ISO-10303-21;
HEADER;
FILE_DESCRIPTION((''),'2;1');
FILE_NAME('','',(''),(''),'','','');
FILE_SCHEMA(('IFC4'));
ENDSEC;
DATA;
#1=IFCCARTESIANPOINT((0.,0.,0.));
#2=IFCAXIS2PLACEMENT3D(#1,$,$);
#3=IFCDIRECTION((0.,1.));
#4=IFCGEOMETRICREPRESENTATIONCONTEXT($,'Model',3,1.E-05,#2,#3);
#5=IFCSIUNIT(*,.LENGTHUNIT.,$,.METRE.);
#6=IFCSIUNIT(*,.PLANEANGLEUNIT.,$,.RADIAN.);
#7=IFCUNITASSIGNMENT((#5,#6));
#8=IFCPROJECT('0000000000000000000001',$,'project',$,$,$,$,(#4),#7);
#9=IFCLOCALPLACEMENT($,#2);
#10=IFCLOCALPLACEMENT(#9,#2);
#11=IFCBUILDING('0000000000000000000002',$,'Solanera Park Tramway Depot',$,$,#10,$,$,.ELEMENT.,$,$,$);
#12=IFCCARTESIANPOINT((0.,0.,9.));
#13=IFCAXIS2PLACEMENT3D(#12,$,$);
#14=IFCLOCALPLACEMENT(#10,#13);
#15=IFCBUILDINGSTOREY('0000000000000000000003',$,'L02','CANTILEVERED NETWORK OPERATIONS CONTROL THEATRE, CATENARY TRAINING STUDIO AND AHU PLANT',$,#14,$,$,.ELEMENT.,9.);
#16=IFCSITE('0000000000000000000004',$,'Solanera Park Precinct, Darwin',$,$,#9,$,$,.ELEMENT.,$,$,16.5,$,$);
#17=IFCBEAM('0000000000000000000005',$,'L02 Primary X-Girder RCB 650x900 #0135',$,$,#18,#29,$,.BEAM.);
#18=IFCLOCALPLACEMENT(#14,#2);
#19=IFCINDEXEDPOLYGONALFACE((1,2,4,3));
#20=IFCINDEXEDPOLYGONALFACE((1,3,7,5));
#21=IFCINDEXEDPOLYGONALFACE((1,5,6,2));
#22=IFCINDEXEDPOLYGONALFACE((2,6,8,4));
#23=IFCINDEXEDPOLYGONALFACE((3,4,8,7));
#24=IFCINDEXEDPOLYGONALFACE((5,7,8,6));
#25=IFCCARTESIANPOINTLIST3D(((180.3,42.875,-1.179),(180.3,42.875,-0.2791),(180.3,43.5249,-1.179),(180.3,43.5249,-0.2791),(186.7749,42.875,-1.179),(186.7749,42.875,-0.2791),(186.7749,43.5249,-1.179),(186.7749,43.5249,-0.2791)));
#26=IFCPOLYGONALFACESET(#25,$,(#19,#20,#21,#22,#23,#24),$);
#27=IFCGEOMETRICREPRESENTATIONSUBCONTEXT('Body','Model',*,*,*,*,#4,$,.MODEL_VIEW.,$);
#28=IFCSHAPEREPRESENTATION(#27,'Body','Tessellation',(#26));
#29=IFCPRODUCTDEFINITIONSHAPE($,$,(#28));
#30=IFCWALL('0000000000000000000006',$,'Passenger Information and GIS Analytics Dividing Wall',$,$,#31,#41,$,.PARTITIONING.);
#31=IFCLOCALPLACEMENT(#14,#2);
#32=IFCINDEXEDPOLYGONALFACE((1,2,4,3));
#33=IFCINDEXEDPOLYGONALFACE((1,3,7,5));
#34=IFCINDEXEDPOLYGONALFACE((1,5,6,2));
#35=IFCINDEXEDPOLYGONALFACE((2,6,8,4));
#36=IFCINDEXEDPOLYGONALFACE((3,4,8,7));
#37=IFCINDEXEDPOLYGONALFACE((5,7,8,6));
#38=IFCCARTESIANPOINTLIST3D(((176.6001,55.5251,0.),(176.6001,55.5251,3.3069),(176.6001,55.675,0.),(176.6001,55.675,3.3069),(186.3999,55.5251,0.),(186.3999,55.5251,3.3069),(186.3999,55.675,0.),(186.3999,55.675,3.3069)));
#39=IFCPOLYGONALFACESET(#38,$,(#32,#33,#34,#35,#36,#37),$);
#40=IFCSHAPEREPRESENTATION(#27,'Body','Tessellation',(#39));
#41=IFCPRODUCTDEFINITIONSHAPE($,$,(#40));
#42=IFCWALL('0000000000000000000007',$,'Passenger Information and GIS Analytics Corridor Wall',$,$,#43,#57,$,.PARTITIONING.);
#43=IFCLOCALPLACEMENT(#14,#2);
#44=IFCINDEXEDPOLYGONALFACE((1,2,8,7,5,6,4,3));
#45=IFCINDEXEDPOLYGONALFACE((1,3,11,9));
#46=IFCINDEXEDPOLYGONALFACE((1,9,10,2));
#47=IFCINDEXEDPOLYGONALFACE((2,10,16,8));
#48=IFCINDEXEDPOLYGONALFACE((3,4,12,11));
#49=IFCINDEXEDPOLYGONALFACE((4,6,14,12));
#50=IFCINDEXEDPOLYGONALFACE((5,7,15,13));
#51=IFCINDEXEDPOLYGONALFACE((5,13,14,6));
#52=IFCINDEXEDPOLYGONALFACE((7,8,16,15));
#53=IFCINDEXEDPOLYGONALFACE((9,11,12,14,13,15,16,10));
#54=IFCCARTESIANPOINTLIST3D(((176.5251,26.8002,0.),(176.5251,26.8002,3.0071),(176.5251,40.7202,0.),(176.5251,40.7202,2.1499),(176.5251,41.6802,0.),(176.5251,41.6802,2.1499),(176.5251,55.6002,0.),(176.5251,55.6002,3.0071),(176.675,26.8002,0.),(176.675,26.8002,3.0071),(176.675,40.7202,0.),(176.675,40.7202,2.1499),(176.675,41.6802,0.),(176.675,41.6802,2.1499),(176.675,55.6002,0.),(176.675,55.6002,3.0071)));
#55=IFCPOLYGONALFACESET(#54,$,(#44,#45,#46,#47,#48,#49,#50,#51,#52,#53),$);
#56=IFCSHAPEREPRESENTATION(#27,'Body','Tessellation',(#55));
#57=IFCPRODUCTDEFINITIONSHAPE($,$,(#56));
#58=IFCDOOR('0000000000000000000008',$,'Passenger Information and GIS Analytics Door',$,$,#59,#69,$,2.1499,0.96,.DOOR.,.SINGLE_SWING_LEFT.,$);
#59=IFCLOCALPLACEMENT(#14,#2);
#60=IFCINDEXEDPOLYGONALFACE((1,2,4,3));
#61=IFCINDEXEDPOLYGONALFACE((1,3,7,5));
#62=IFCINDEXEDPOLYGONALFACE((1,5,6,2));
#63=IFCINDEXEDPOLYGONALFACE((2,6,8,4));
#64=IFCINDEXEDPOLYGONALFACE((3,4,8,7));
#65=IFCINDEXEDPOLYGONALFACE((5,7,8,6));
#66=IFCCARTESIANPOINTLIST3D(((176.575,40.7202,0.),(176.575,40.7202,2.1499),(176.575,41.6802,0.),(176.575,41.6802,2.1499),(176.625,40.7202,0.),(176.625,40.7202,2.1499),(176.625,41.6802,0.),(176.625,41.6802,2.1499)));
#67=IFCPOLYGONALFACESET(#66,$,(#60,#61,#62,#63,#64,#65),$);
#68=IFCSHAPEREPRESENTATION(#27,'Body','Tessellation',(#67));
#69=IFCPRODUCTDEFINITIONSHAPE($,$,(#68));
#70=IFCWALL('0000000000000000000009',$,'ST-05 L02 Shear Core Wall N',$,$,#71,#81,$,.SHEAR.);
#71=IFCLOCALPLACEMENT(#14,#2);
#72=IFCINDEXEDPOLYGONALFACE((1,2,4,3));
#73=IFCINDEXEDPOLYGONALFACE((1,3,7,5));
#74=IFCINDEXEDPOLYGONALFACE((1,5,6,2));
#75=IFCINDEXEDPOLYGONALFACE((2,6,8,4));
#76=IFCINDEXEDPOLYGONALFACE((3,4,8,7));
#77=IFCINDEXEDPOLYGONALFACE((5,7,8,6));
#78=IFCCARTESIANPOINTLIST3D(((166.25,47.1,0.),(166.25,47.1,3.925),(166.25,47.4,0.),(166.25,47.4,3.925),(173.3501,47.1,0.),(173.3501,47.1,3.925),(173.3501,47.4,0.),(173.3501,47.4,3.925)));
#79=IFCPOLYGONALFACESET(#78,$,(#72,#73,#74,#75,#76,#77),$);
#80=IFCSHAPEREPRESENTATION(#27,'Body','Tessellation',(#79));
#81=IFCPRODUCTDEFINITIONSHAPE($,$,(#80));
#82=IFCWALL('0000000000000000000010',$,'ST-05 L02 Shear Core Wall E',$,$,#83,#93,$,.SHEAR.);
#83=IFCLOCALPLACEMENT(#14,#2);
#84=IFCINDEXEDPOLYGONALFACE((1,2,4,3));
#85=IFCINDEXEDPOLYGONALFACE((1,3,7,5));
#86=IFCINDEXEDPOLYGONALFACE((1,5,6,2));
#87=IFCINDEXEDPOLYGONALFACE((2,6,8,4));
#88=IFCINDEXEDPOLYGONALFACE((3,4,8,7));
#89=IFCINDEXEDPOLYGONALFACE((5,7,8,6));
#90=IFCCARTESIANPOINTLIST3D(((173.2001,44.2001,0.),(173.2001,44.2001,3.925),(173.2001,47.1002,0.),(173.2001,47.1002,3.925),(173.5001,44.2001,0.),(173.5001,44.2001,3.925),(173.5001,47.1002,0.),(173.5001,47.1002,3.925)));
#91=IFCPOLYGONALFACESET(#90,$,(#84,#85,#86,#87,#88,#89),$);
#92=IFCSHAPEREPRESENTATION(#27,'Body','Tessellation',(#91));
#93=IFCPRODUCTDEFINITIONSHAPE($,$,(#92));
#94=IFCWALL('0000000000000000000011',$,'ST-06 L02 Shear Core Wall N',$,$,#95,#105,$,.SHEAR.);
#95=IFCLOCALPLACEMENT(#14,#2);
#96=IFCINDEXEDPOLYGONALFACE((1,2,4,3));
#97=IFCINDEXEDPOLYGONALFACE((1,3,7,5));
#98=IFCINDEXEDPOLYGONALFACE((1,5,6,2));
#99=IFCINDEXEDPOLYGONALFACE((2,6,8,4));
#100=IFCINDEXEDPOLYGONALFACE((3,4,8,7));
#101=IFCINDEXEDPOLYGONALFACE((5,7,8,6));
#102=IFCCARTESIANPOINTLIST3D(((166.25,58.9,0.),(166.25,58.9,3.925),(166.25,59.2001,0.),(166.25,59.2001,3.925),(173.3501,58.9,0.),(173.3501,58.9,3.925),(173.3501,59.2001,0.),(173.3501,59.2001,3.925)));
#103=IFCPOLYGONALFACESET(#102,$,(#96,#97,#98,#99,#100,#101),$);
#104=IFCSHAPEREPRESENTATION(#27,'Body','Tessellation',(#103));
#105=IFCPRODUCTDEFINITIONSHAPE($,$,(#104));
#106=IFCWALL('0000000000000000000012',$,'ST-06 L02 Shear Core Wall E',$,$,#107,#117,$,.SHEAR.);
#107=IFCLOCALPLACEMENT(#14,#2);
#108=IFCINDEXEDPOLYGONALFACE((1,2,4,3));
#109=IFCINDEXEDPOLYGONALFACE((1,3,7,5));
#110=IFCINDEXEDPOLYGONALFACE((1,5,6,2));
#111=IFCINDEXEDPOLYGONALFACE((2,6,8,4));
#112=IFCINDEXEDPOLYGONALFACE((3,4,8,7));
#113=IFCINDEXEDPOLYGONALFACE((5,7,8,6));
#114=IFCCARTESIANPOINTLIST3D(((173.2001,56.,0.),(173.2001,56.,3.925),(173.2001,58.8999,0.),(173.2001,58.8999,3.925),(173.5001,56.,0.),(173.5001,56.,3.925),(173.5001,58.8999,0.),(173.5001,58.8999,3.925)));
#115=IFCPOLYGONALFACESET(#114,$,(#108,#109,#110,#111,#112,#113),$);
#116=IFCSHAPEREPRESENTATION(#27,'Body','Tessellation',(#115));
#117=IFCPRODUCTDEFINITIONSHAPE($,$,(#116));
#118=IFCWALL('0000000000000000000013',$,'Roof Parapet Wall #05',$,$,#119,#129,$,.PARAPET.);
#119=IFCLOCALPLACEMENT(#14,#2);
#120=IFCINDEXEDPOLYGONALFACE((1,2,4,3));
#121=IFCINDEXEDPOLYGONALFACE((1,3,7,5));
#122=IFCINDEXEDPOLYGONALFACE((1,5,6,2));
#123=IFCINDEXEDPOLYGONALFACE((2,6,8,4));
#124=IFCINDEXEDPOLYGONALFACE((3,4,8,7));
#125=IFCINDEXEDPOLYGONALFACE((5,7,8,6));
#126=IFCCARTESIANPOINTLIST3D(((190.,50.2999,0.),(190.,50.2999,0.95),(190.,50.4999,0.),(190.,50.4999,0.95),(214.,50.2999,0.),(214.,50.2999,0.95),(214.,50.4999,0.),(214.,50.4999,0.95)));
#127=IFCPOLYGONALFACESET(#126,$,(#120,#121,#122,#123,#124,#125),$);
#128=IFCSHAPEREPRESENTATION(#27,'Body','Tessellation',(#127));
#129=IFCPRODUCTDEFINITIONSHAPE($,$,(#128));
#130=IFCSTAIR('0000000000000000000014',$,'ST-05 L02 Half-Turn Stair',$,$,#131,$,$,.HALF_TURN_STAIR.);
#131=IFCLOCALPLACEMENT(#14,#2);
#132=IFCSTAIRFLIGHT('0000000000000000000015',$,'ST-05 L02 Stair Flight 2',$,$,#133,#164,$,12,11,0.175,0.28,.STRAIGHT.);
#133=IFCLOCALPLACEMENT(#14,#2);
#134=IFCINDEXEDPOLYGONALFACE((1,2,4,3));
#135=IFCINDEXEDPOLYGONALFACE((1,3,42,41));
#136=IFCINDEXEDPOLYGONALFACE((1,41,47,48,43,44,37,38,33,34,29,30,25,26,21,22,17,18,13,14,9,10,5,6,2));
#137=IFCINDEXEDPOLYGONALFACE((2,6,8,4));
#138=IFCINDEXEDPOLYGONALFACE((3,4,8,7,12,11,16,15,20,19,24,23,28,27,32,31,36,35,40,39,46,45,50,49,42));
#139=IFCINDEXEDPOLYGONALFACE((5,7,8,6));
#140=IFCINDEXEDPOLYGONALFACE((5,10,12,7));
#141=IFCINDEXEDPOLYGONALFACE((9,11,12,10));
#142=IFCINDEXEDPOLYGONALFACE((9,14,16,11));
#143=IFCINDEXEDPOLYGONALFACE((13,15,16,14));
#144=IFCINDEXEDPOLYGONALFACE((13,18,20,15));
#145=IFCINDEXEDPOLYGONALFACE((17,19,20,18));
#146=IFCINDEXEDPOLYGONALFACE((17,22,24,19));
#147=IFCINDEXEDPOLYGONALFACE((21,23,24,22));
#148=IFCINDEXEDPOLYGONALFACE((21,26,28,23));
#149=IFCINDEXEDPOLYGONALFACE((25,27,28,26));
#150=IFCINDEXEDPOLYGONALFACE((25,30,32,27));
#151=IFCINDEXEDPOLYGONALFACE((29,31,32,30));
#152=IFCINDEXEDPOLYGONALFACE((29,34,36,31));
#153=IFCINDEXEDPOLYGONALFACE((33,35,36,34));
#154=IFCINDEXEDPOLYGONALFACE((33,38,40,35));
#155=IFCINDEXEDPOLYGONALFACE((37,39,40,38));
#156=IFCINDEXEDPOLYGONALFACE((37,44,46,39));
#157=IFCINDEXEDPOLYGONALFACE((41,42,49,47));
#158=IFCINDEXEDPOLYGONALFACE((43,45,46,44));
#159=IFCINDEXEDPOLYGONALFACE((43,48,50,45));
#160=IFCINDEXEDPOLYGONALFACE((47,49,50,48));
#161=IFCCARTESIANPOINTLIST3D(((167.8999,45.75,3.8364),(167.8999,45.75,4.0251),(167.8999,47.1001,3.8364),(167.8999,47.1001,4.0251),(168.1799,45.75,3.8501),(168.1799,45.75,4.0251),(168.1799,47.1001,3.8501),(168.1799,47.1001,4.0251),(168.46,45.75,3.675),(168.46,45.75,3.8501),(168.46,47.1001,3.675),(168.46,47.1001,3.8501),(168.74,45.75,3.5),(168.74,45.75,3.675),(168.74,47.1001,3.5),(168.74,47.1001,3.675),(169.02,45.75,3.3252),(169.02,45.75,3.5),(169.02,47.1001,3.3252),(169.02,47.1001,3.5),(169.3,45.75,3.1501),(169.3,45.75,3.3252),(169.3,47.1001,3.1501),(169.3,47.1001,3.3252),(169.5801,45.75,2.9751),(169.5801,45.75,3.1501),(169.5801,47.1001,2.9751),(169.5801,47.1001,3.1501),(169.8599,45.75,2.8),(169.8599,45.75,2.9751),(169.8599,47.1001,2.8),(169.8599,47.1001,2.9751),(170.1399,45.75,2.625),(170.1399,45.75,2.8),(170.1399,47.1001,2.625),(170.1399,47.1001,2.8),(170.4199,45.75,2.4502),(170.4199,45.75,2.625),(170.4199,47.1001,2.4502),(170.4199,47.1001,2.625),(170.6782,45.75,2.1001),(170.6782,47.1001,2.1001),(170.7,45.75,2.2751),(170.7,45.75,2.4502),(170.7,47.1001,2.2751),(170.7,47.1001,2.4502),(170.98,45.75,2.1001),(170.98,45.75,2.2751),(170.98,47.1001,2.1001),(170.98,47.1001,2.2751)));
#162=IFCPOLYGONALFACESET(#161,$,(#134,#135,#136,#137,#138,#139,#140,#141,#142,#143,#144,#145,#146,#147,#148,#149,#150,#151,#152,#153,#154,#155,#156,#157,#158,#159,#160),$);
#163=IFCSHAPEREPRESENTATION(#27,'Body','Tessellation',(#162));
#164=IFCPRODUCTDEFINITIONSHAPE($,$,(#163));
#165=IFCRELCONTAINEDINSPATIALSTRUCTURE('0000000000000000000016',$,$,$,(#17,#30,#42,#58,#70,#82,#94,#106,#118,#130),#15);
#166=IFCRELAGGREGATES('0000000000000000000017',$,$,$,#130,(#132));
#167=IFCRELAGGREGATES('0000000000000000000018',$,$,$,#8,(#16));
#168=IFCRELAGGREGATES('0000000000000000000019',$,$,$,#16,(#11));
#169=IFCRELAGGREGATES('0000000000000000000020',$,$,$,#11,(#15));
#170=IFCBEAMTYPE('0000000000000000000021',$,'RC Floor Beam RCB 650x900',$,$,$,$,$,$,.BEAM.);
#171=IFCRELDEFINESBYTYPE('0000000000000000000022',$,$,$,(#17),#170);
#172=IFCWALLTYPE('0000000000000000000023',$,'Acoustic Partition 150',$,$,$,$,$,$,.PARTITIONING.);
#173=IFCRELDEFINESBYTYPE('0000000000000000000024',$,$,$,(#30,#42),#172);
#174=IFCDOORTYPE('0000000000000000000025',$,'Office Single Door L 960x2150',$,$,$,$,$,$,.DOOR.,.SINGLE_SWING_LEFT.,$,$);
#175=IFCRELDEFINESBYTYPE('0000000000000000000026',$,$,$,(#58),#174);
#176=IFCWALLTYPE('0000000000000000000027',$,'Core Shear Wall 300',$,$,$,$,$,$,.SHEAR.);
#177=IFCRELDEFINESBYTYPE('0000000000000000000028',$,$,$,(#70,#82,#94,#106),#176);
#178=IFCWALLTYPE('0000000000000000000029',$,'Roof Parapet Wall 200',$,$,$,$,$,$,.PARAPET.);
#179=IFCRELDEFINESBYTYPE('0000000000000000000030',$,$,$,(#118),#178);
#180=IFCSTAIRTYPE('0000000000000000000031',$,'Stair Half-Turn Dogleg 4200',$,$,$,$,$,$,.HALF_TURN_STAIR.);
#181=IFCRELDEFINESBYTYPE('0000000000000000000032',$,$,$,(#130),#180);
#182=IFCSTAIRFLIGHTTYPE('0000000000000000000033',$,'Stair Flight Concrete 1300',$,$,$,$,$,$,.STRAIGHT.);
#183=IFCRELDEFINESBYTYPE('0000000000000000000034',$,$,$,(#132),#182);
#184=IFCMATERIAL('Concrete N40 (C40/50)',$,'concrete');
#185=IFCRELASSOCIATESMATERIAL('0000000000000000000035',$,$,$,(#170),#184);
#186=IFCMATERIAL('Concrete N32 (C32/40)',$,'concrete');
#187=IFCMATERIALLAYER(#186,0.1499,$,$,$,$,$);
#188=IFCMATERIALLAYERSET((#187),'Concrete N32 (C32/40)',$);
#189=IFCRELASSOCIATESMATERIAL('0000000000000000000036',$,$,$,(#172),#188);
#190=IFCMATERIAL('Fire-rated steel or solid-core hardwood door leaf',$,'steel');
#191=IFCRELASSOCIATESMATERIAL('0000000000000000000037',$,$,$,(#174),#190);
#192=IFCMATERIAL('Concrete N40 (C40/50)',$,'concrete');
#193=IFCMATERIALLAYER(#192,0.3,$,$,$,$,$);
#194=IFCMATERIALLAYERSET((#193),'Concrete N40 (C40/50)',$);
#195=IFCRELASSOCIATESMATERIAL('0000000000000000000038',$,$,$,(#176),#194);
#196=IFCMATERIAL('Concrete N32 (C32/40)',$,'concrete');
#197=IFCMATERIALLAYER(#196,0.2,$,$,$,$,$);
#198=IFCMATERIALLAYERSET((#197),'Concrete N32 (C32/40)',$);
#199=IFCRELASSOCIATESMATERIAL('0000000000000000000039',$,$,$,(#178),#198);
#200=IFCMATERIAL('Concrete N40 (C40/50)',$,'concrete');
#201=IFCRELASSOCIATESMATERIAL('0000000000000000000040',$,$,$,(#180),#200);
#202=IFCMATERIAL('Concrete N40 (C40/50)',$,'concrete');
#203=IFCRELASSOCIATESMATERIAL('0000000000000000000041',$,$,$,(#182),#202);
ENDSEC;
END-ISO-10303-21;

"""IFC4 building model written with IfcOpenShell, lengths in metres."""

from ifc_helpers import new_model, si_unit, direction, frame, frame_2d, origin, origin_2d, place, context, subcontext, project, spatial, polyline, rectangle, outline, extrude, material, layer, layer_set, material_profile, profile_set, type_object, element, fill, aggregate, save


model = new_model("IFC4")

# Units and contexts
model_context = context("Model", 3, precision=1e-05, world=origin(), true_north=direction((0.0, 1.0)))
body_context = subcontext(model_context, "Body", "Model", "MODEL_VIEW")
ifc_project = project(units=[si_unit("LENGTHUNIT", "METRE"), si_unit("PLANEANGLEUNIT", "RADIAN")], contexts=[model_context])

# Site, building, storey
site_placement = place(None, origin())
site = spatial("IfcSite", under=ifc_project, at=site_placement, Name="Solanera Park Precinct, Darwin", CompositionType="ELEMENT", RefElevation=16.5)
building_placement = place(site_placement, origin())
building = spatial("IfcBuilding", under=site, at=building_placement, Name="Solanera Park Tramway Depot", CompositionType="ELEMENT")
storey_placement = place(building_placement, frame((0.0, 0.0, 9.0)))
storey = spatial("IfcBuildingStorey", under=building, at=storey_placement, Name="L02", Description="CANTILEVERED NETWORK OPERATIONS CONTROL THEATRE, CATENARY TRAINING STUDIO AND AHU PLANT", CompositionType="ELEMENT", Elevation=9.0)

# Beam
ifc_material_1 = material(Name="Concrete N40 (C40/50)", Category="concrete")
ifc_material_profile_1 = material_profile(ifc_material_1, rectangle(XDim=0.6499, YDim=0.8999, at=origin_2d()), Name="RCB 650x900")
ifc_profile_set_1 = profile_set([ifc_material_profile_1], Name="Concrete N40 (C40/50)")
beam_type_1 = type_object("IfcBeamType", Name="RC Floor Beam RCB 650x900", PredefinedType="BEAM", material=ifc_profile_set_1)
beam_1_placement = place(storey_placement, frame((180.3, 43.2, -0.729), z_axis=(1.0, 0.0, 0.0), x_axis=(0.0, 1.0, 0.0)))
element("IfcBeam", 1, at=beam_1_placement, inside=storey, type_object=beam_type_1, Name="L02 Primary X-Girder RCB 650x900 #0135", PredefinedType="BEAM", context=body_context, shape_type="SweptSolid", body=[
    extrude(rectangle(XDim=0.6499, YDim=0.8999, at=origin_2d()), origin(), (0.0, 0.0, 1.0), 6.4749),
])

# Wall
ifc_material_2 = material(Name="Concrete N32 (C32/40)", Category="concrete")
ifc_layer_1 = layer(ifc_material_2, 0.1499)
ifc_layer_set_1 = layer_set([ifc_layer_1], Name="Concrete N32 (C32/40)")
wall_type_1 = type_object("IfcWallType", Name="Acoustic Partition 150", PredefinedType="PARTITIONING", material=ifc_layer_set_1)
wall_1_placement = place(storey_placement, frame((176.6001, 55.6001, 0.0), z_axis=(0.0, 0.0, 1.0), x_axis=(1.0, 0.0, 0.0)))
element("IfcWall", 2, at=wall_1_placement, inside=storey, type_object=wall_type_1, Name="Passenger Information and GIS Analytics Dividing Wall", PredefinedType="PARTITIONING", context=body_context, shape_type="SweptSolid", body=[
    extrude(rectangle(XDim=9.7998, YDim=0.1499, at=frame_2d((4.8999, 0.0))), origin(), (0.0, 0.0, 1.0), 3.3069),
])

# Wall, opening, door
wall_2_placement = place(storey_placement, frame((176.6001, 55.6001, 0.0), z_axis=(0.0, 0.0, 1.0), x_axis=(0.0, -1.0, 0.0)))
wall_2 = element("IfcWall", 3, at=wall_2_placement, inside=storey, type_object=wall_type_1, Name="Passenger Information and GIS Analytics Corridor Wall", PredefinedType="PARTITIONING", context=body_context, shape_type="SweptSolid", body=[
    extrude(rectangle(XDim=28.8, YDim=0.1499, at=frame_2d((14.3999, 0.0))), origin(), (0.0, 0.0, 1.0), 3.0071),
])
opening_placement = place(wall_2_placement, frame((13.9199, 0.0, 0.0)))
opening = element("IfcOpeningElement", 4, at=opening_placement, cuts=wall_2, PredefinedType="OPENING", context=body_context, shape_type="SweptSolid", body=[
    extrude(rectangle(XDim=0.96, YDim=2.1499, at=frame_2d((0.48, 1.075))), frame((0.0, 0.085, 0.0), z_axis=(0.0, -1.0, 0.0), x_axis=(1.0, 0.0, 0.0)), (0.0, 0.0, 1.0), 0.1699),
])
ifc_material_3 = material(Name="Fire-rated steel or solid-core hardwood door leaf", Category="steel")
door_type = type_object("IfcDoorType", Name="Office Single Door L 960x2150", OperationType="SINGLE_SWING_LEFT", PredefinedType="DOOR", material=ifc_material_3)
door_placement = place(opening_placement, origin())
door = element("IfcDoor", 5, at=door_placement, inside=storey, type_object=door_type, Name="Passenger Information and GIS Analytics Door", OperationType="SINGLE_SWING_LEFT", OverallHeight=2.1499, OverallWidth=0.96, PredefinedType="DOOR", context=body_context, shape_type="SweptSolid", body=[
    extrude(rectangle(XDim=0.96, YDim=2.1499, at=frame_2d((0.48, 1.075))), frame((0.0, 0.0249, 0.0), z_axis=(0.0, -1.0, 0.0), x_axis=(1.0, 0.0, 0.0)), (0.0, 0.0, 1.0), 0.05),
])
fill(opening, door)

# Walls
ifc_material_4 = material(Name="Concrete N40 (C40/50)", Category="concrete")
ifc_layer_2 = layer(ifc_material_4, 0.3)
ifc_layer_set_2 = layer_set([ifc_layer_2], Name="Concrete N40 (C40/50)")
wall_type_2 = type_object("IfcWallType", Name="Core Shear Wall 300", PredefinedType="SHEAR", material=ifc_layer_set_2)
wall_3_placement = place(storey_placement, frame((173.3501, 47.25, 0.0), z_axis=(0.0, 0.0, 1.0), x_axis=(-1.0, 0.0, 0.0)))
element("IfcWall", 6, at=wall_3_placement, inside=storey, type_object=wall_type_2, Name="ST-05 L02 Shear Core Wall N", PredefinedType="SHEAR", context=body_context, shape_type="SweptSolid", body=[
    extrude(rectangle(XDim=7.1001, YDim=0.3, at=frame_2d((3.55, 0.0))), origin(), (0.0, 0.0, 1.0), 3.925),
])
wall_4_placement = place(storey_placement, frame((173.3501, 44.2, 0.0), z_axis=(0.0, 0.0, 1.0), x_axis=(0.0, 1.0, 0.0)))
element("IfcWall", 7, at=wall_4_placement, inside=storey, type_object=wall_type_2, Name="ST-05 L02 Shear Core Wall E", PredefinedType="SHEAR", context=body_context, shape_type="SweptSolid", body=[
    extrude(rectangle(XDim=2.9001, YDim=0.3, at=frame_2d((1.4502, 0.0))), origin(), (0.0, 0.0, 1.0), 3.925),
])
wall_5_placement = place(storey_placement, frame((173.3501, 59.05, 0.0), z_axis=(0.0, 0.0, 1.0), x_axis=(-1.0, 0.0, 0.0)))
element("IfcWall", 8, at=wall_5_placement, inside=storey, type_object=wall_type_2, Name="ST-06 L02 Shear Core Wall N", PredefinedType="SHEAR", context=body_context, shape_type="SweptSolid", body=[
    extrude(rectangle(XDim=7.1001, YDim=0.3, at=frame_2d((3.55, 0.0))), origin(), (0.0, 0.0, 1.0), 3.925),
])
wall_6_placement = place(storey_placement, frame((173.3501, 56.0, 0.0), z_axis=(0.0, 0.0, 1.0), x_axis=(0.0, 1.0, 0.0)))
element("IfcWall", 9, at=wall_6_placement, inside=storey, type_object=wall_type_2, Name="ST-06 L02 Shear Core Wall E", PredefinedType="SHEAR", context=body_context, shape_type="SweptSolid", body=[
    extrude(rectangle(XDim=2.8999, YDim=0.3, at=frame_2d((1.45, 0.0))), origin(), (0.0, 0.0, 1.0), 3.925),
])
ifc_material_5 = material(Name="Concrete N32 (C32/40)", Category="concrete")
ifc_layer_3 = layer(ifc_material_5, 0.2)
ifc_layer_set_3 = layer_set([ifc_layer_3], Name="Concrete N32 (C32/40)")
wall_type_3 = type_object("IfcWallType", Name="Roof Parapet Wall 200", PredefinedType="PARAPET", material=ifc_layer_set_3)
wall_7_placement = place(storey_placement, frame((190.0, 50.3999, 0.0), z_axis=(0.0, 0.0, 1.0), x_axis=(1.0, 0.0, 0.0)))
element("IfcWall", 10, at=wall_7_placement, inside=storey, type_object=wall_type_3, Name="Roof Parapet Wall #05", PredefinedType="PARAPET", context=body_context, shape_type="SweptSolid", body=[
    extrude(rectangle(XDim=24.0, YDim=0.2, at=frame_2d((12.0, 0.0))), origin(), (0.0, 0.0, 1.0), 0.95),
])

# Stair, stair flight
ifc_material_6 = material(Name="Concrete N40 (C40/50)", Category="concrete")
stair_type = type_object("IfcStairType", Name="Stair Half-Turn Dogleg 4200", PredefinedType="HALF_TURN_STAIR", material=ifc_material_6)
stair_1_placement = place(storey_placement, origin())
stair_1 = element("IfcStair", 11, at=stair_1_placement, inside=storey, type_object=stair_type, Name="ST-05 L02 Half-Turn Stair", PredefinedType="HALF_TURN_STAIR")
ifc_material_7 = material(Name="Concrete N40 (C40/50)", Category="concrete")
stair_flight_type = type_object("IfcStairFlightType", Name="Stair Flight Concrete 1300", PredefinedType="STRAIGHT", material=ifc_material_7)
stair_flight_1_placement = place(storey_placement, frame((170.98, 46.425, 2.1001), z_axis=(0.0, 0.0, 1.0), x_axis=(-1.0, 0.0, 0.0)))
stair_flight_1 = element("IfcStairFlight", 12, at=stair_flight_1_placement, type_object=stair_flight_type, Name="ST-05 L02 Stair Flight 2", NumberOfRisers=12, NumberOfTreads=11, PredefinedType="STRAIGHT", RiserHeight=0.175, TreadLength=0.28, context=body_context, shape_type="SweptSolid", body=[
    extrude(outline(polyline([(0.0, 0.0), (0.0, 0.175), (0.28, 0.175), (0.28, 0.3501), (0.5601, 0.3501), (0.5601, 0.5249), (0.8401, 0.5249), (0.8401, 0.7), (1.1201, 0.7), (1.1201, 0.875), (1.3999, 0.875), (1.3999, 1.05), (1.6799, 1.05), (1.6799, 1.2251), (1.96, 1.2251), (1.96, 1.3999), (2.24, 1.3999), (2.24, 1.575), (2.52, 1.575), (2.52, 1.75), (2.8, 1.75), (2.8, 1.925), (3.0801, 1.925), (3.0801, 2.1001), (3.0801, 1.7363), (0.3018, 0.0), (0.0, 0.0)])), frame((0.0, 0.675, 0.0), z_axis=(0.0, -1.0, 0.0), x_axis=(1.0, 0.0, 0.0)), (0.0, 0.0, 1.0), 1.3501),
])
aggregate(stair_1, [stair_flight_1])

save(model, "model.ifc")
